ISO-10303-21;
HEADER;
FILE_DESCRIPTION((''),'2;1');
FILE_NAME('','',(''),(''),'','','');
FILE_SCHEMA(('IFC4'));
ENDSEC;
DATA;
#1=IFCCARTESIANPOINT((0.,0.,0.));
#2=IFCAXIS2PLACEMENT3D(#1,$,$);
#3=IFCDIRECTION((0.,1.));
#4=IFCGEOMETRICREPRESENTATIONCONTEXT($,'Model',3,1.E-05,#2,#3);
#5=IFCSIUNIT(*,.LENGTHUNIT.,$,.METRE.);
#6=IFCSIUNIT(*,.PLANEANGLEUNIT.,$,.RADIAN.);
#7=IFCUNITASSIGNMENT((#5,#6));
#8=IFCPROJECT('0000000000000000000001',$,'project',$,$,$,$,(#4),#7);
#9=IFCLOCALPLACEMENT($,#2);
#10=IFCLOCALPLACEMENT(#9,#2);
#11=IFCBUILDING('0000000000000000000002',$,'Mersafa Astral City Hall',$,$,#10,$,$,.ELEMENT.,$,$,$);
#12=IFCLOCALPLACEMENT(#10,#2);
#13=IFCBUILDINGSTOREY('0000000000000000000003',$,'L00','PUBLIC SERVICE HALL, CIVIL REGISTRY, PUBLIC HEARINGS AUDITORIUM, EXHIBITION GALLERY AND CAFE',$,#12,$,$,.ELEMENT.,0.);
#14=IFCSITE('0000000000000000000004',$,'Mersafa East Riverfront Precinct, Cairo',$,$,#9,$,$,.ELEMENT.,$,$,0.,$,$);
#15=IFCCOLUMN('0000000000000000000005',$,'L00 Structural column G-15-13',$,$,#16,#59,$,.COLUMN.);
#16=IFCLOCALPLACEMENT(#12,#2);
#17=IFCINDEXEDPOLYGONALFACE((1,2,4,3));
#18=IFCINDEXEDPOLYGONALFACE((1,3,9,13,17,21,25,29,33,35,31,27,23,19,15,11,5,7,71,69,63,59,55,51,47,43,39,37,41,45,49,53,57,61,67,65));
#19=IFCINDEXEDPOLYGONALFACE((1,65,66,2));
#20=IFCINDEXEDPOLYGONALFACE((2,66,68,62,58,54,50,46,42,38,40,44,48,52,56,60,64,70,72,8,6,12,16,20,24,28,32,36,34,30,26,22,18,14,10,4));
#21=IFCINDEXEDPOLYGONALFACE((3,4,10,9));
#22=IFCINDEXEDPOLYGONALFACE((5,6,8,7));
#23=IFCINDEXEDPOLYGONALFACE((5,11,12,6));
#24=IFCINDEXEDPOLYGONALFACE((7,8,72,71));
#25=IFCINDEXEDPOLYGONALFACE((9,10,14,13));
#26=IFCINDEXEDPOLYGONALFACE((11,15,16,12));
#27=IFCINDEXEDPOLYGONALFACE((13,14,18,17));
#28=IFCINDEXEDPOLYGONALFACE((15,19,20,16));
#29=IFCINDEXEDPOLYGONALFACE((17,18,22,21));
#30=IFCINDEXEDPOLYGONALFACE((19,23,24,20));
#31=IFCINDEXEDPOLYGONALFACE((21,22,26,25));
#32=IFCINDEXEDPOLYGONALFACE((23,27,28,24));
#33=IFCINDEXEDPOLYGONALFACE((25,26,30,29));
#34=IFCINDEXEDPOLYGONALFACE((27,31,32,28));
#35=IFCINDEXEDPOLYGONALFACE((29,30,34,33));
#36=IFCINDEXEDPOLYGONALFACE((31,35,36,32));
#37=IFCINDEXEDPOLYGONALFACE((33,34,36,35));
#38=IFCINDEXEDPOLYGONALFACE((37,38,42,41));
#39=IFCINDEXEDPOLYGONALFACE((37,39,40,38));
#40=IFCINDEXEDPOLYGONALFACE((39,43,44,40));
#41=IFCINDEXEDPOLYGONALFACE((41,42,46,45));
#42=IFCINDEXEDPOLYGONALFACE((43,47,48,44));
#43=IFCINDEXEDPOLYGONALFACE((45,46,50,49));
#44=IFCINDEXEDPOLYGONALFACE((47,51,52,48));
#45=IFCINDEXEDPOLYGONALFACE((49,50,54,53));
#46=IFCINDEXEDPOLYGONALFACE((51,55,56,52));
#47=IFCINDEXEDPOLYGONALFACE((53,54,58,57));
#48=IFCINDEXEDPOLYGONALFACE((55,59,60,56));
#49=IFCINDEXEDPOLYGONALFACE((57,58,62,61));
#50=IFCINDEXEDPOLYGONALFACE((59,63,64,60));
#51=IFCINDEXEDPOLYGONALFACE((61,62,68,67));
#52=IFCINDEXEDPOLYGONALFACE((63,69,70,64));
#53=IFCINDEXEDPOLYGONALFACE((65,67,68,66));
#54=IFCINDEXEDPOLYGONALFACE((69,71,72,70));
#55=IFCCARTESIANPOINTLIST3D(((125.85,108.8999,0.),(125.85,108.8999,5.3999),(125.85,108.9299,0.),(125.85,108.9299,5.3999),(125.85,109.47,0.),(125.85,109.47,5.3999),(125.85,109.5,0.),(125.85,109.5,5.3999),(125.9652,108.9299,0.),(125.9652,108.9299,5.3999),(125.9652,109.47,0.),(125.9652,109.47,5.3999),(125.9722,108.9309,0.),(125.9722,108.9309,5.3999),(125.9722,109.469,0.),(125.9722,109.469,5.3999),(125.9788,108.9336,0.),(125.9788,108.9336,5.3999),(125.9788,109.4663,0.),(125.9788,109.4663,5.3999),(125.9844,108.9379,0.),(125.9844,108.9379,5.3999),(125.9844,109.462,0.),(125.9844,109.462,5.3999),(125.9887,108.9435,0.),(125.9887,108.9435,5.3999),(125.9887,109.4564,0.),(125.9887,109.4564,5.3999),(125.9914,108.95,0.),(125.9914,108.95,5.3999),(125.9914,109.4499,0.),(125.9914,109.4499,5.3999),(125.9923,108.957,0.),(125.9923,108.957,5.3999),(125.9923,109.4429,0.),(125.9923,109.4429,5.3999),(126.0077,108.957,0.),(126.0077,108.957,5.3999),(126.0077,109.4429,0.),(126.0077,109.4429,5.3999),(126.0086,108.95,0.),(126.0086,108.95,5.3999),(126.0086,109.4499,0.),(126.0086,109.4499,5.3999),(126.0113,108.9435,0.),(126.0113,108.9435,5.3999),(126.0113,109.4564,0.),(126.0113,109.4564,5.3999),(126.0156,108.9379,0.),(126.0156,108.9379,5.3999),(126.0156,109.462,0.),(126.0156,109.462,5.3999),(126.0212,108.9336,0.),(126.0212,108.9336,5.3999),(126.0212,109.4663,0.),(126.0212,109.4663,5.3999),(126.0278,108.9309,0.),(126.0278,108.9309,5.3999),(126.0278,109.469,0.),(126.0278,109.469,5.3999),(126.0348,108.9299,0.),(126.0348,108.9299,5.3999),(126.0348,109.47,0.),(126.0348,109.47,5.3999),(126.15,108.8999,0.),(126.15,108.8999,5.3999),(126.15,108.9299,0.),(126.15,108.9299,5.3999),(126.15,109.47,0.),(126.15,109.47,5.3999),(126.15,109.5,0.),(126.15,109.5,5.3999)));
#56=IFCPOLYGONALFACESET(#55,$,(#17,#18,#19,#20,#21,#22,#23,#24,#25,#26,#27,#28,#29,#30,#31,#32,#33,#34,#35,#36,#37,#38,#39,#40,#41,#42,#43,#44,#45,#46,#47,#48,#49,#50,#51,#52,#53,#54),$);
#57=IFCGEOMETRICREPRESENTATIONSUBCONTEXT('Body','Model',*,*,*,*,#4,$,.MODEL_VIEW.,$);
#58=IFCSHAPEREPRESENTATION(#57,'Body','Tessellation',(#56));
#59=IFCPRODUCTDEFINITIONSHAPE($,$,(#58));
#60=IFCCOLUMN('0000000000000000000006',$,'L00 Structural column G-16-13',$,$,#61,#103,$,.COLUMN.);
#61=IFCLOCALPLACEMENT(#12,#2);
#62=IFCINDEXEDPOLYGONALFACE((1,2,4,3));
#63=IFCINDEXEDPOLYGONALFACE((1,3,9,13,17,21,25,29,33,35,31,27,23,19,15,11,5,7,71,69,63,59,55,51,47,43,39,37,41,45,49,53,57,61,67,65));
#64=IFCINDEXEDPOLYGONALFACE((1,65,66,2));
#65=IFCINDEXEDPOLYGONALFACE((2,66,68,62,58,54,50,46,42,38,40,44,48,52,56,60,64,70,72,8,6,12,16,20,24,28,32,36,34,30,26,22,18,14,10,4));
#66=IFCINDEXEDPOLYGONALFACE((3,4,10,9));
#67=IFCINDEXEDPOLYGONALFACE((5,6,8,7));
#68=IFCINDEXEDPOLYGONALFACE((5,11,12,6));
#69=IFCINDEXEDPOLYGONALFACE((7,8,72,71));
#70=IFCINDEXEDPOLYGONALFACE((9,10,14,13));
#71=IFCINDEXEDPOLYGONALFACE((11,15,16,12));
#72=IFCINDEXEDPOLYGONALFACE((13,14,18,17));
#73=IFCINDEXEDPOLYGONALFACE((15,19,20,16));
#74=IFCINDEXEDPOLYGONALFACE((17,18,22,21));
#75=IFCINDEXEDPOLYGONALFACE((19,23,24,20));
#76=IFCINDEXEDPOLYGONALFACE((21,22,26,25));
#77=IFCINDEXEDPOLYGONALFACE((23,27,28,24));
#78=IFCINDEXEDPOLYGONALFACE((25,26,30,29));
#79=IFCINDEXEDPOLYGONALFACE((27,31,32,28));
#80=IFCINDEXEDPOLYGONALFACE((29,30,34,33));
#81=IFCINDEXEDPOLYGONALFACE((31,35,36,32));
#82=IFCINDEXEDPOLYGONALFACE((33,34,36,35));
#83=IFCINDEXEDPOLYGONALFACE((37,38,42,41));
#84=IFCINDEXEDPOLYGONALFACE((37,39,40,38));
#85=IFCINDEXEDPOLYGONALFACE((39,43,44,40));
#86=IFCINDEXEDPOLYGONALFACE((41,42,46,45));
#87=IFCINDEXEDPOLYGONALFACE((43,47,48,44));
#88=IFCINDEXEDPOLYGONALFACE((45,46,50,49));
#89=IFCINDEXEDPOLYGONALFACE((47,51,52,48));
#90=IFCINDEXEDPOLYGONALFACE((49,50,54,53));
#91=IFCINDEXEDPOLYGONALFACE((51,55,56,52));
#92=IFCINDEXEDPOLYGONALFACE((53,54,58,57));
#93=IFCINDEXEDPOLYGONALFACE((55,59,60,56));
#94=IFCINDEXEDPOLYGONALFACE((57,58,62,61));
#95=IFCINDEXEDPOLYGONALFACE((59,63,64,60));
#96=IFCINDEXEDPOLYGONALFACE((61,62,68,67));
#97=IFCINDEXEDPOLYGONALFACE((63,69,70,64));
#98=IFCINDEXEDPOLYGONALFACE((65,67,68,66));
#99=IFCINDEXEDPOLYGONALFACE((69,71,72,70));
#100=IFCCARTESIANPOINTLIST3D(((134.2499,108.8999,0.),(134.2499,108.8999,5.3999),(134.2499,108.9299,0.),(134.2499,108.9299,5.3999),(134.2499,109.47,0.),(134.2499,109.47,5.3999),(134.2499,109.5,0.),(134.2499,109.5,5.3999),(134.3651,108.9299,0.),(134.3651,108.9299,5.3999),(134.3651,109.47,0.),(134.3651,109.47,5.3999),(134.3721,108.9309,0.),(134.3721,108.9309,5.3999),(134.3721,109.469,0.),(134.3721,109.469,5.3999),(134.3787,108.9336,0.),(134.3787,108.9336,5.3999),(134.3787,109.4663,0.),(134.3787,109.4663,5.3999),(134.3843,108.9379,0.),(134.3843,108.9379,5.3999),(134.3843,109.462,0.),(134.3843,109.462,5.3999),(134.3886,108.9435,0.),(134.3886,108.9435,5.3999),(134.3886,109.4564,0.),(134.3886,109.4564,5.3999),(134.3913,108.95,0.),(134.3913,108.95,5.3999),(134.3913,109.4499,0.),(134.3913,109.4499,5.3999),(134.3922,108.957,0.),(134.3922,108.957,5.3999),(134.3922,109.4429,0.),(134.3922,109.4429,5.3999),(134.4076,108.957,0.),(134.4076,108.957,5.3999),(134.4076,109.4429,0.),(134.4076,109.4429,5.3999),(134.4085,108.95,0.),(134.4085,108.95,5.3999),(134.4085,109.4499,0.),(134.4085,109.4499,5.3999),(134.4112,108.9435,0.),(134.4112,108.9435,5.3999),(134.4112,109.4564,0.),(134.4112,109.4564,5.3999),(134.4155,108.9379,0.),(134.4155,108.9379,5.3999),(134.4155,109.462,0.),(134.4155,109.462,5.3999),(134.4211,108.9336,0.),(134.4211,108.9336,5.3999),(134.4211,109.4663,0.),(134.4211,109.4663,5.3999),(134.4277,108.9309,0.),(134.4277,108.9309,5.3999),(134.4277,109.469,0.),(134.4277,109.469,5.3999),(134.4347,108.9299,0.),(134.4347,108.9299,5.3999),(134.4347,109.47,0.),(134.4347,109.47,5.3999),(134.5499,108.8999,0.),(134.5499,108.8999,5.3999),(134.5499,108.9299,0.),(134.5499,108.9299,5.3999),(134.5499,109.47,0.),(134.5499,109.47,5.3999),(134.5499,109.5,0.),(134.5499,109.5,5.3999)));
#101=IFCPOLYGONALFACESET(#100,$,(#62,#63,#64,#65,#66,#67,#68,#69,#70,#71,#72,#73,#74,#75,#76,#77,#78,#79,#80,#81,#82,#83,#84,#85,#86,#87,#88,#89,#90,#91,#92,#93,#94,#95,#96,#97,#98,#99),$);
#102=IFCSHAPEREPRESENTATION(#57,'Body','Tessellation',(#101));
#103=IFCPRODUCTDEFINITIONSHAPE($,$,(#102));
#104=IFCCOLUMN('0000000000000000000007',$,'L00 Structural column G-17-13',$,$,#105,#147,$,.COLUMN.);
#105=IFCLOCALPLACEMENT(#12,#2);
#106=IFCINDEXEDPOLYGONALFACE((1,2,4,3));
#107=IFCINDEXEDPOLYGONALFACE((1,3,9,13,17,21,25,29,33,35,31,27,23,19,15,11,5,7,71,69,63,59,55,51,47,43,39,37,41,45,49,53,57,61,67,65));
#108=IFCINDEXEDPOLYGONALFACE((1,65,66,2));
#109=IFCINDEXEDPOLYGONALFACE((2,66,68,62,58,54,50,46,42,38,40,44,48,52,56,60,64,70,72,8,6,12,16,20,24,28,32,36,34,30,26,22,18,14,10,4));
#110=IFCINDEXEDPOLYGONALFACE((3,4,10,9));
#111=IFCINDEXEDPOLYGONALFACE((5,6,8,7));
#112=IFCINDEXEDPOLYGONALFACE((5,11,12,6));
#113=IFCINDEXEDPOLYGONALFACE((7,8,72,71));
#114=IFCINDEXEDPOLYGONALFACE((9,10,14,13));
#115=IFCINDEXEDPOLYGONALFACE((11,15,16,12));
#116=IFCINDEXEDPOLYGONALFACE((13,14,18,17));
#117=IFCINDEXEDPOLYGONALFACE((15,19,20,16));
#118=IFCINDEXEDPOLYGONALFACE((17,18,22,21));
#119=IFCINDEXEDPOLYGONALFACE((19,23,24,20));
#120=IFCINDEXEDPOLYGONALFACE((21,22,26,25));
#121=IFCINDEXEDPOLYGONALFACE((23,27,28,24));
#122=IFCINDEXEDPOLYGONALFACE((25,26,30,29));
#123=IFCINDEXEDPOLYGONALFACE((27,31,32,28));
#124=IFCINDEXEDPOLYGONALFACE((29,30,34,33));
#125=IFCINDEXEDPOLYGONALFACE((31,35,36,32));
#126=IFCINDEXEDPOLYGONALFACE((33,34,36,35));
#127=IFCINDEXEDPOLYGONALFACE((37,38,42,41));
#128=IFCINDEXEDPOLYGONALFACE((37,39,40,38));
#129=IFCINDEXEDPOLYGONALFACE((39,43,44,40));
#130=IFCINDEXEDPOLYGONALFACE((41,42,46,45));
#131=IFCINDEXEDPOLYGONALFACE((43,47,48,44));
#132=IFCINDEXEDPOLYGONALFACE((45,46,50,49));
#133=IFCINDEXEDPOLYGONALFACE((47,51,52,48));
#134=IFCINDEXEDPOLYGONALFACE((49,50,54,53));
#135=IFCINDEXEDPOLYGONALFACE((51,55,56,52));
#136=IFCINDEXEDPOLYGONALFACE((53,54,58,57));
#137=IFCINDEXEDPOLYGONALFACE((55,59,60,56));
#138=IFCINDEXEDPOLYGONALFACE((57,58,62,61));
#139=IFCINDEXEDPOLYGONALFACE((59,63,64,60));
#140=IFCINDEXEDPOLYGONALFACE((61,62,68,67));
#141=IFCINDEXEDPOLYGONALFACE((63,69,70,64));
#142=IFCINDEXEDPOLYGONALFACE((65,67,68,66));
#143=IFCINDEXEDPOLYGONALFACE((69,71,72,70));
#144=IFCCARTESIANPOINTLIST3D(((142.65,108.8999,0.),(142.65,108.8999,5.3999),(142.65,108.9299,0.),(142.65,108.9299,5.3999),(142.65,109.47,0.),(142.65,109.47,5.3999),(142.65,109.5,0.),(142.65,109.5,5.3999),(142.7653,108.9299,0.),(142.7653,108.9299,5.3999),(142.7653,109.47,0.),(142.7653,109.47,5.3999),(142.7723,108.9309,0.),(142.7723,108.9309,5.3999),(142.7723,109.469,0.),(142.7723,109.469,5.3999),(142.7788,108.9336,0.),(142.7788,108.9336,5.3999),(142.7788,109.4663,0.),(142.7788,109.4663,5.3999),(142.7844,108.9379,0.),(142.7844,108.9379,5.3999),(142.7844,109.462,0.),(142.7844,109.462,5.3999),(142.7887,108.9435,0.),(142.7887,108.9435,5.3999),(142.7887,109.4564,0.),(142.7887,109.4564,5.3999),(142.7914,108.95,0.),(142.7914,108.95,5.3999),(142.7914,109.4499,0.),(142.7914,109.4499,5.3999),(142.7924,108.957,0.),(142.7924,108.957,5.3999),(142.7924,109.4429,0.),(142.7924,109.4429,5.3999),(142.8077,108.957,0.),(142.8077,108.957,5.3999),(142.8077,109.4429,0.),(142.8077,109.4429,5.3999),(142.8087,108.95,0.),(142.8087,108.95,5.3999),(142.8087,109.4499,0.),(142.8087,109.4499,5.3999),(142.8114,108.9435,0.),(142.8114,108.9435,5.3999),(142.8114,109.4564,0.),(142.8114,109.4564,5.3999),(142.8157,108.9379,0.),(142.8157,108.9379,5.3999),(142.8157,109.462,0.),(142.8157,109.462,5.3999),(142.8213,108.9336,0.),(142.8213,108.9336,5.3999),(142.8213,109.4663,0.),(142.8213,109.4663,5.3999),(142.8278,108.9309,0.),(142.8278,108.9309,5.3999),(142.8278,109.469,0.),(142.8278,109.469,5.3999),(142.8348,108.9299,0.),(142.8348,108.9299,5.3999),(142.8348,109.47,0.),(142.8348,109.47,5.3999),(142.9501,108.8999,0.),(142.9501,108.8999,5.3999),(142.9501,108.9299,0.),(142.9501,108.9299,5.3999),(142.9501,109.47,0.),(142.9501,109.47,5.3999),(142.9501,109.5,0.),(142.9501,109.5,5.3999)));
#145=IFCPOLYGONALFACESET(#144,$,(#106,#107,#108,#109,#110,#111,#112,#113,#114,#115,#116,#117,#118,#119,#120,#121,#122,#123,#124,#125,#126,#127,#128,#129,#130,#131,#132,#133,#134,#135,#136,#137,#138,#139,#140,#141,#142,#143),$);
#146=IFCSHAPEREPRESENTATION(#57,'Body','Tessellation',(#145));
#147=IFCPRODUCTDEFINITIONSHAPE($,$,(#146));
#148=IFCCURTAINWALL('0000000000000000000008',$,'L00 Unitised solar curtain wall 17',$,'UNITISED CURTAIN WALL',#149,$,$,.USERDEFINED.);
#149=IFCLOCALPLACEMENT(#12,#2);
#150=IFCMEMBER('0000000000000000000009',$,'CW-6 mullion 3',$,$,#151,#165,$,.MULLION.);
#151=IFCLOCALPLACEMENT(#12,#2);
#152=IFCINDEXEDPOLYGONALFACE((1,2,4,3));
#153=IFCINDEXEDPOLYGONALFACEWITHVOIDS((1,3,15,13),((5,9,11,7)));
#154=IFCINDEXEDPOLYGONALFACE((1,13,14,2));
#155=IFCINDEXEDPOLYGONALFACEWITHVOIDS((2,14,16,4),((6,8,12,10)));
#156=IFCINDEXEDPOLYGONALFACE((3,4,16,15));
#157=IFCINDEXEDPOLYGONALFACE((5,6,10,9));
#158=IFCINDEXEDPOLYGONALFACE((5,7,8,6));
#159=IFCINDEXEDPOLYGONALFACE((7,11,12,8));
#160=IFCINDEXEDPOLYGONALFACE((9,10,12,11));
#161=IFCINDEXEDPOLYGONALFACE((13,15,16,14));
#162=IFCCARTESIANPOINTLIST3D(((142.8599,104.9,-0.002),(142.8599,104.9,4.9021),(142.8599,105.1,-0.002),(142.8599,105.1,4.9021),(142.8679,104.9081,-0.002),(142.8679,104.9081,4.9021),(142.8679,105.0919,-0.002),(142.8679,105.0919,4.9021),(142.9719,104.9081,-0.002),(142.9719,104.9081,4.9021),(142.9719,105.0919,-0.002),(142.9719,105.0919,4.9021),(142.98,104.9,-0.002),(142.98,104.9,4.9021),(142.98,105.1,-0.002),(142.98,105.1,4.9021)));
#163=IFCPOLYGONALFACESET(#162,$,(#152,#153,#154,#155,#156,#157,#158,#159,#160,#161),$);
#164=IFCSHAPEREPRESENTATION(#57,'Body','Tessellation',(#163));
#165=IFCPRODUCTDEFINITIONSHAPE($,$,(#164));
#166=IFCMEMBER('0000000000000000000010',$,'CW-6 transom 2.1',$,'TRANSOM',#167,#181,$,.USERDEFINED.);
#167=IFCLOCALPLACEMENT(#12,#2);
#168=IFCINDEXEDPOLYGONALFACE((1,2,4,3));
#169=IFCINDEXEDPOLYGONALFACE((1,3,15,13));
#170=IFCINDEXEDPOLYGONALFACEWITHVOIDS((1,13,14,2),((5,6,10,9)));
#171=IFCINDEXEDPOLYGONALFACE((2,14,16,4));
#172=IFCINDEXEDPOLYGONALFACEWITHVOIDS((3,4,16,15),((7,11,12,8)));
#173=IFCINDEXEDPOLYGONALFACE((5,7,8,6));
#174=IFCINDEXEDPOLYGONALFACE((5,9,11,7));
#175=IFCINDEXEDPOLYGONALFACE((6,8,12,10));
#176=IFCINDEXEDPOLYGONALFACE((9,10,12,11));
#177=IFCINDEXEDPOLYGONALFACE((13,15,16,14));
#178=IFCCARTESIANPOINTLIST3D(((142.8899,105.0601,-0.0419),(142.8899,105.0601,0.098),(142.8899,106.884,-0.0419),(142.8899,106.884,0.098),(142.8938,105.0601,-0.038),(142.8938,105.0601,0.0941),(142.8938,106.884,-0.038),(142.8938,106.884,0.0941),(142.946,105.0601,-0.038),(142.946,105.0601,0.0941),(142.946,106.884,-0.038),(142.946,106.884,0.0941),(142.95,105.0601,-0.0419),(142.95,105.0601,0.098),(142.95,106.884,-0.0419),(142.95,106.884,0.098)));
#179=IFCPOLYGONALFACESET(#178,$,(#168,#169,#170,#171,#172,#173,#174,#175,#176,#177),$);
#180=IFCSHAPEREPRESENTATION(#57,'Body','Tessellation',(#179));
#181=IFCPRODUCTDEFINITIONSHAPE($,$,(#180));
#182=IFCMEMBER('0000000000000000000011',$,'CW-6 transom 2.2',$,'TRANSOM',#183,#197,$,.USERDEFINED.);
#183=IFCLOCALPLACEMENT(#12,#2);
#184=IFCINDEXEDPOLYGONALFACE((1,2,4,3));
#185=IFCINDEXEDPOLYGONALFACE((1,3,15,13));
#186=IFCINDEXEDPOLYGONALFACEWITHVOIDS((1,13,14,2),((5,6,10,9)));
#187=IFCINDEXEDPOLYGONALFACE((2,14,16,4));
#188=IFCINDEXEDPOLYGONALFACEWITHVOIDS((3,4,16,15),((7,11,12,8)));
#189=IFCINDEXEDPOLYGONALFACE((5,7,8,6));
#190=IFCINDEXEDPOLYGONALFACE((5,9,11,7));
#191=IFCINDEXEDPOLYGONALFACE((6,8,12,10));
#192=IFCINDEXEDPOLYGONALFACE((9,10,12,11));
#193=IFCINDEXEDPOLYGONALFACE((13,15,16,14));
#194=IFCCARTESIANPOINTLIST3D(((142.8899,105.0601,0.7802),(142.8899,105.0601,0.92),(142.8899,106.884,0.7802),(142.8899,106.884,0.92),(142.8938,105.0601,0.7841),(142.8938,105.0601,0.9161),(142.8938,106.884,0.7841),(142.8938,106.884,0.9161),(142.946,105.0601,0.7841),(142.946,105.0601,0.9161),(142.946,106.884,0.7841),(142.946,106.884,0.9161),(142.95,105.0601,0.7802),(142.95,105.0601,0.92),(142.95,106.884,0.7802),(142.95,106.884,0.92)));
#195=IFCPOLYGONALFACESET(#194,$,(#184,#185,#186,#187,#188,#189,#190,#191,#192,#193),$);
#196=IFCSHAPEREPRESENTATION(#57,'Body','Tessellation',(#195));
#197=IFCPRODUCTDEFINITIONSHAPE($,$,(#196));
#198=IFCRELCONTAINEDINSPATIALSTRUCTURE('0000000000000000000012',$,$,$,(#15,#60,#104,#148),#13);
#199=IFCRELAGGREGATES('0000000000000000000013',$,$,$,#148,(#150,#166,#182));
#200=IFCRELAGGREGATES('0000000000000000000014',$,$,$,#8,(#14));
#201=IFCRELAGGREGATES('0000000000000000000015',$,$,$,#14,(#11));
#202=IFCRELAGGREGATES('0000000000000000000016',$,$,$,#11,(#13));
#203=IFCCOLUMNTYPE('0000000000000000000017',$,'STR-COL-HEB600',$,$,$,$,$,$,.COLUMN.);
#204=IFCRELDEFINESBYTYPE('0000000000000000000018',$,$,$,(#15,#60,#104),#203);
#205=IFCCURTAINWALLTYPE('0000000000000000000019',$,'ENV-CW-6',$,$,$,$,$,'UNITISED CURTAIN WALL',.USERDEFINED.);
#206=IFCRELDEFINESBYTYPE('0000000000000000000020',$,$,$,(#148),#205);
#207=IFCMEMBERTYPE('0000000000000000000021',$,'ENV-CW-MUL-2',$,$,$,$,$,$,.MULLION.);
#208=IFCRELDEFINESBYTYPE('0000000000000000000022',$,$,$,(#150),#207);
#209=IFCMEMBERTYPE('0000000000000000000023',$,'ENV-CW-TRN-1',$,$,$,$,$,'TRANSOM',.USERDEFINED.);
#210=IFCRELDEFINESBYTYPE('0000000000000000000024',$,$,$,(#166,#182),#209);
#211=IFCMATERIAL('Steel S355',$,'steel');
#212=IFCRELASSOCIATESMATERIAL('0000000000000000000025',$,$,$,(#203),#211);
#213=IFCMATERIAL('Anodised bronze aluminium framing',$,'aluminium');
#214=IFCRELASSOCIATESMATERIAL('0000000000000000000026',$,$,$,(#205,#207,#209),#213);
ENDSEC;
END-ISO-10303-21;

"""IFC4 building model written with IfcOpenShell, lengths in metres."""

from ifc_helpers import new_model, si_unit, direction, frame, origin, origin_2d, place, context, subcontext, project, spatial, hollow_rectangle, i_section, extrude, material, material_profile, profile_set, type_object, element, aggregate, save


model = new_model("IFC4")

# Units and contexts
model_context = context("Model", 3, precision=1e-05, world=origin(), true_north=direction((0.0, 1.0)))
body_context = subcontext(model_context, "Body", "Model", "MODEL_VIEW")
ifc_project = project(units=[si_unit("LENGTHUNIT", "METRE"), si_unit("PLANEANGLEUNIT", "RADIAN")], contexts=[model_context])

# Site, building, storey
site_placement = place(None, origin())
site = spatial("IfcSite", under=ifc_project, at=site_placement, Name="Mersafa East Riverfront Precinct, Cairo", CompositionType="ELEMENT", RefElevation=0.0)
building_placement = place(site_placement, origin())
building = spatial("IfcBuilding", under=site, at=building_placement, Name="Mersafa Astral City Hall", CompositionType="ELEMENT")
storey_placement = place(building_placement, origin())
storey = spatial("IfcBuildingStorey", under=building, at=storey_placement, Name="L00", Description="PUBLIC SERVICE HALL, CIVIL REGISTRY, PUBLIC HEARINGS AUDITORIUM, EXHIBITION GALLERY AND CAFE", CompositionType="ELEMENT", Elevation=0.0)

# Columns
ifc_material_1 = material(Name="Steel S355", Category="steel")
ifc_material_profile_1 = material_profile(ifc_material_1, i_section(OverallWidth=0.3, OverallDepth=0.6001, WebThickness=0.0154, FlangeThickness=0.03, FilletRadius=0.0271, at=origin_2d()), Name="HEB 600")
ifc_profile_set_1 = profile_set([ifc_material_profile_1], Name="Steel S355")
column_type = type_object("IfcColumnType", Name="STR-COL-HEB600", PredefinedType="COLUMN", material=ifc_profile_set_1)
for number, where, z_axis, x_axis, name in (
    (1, (126.0, 109.2, 0.0), (0.0, 0.0, 1.0), (1.0, 0.0, 0.0), "L00 Structural column G-15-13"),
    (2, (134.3999, 109.2, 0.0), (0.0, 0.0, 1.0), (1.0, 0.0, 0.0), "L00 Structural column G-16-13"),
    (3, (142.8, 109.2, 0.0), (0.0, 0.0, 1.0), (1.0, 0.0, 0.0), "L00 Structural column G-17-13"),
):
    element("IfcColumn", number, at=place(storey_placement, frame(where, z_axis=z_axis, x_axis=x_axis)), inside=storey, type_object=column_type, Name=name, PredefinedType="COLUMN", context=body_context, shape_type="SweptSolid", body=[
        extrude(i_section(OverallWidth=0.3, OverallDepth=0.6001, WebThickness=0.0154, FlangeThickness=0.03, FilletRadius=0.0271, at=origin_2d()), origin(), (0.0, 0.0, 1.0), 5.3999),
    ])

# Curtain wall, members
ifc_material_2 = material(Name="Anodised bronze aluminium framing", Category="aluminium")
curtain_wall_type = type_object("IfcCurtainWallType", Name="ENV-CW-6", ElementType="UNITISED CURTAIN WALL", PredefinedType="USERDEFINED", material=ifc_material_2)
curtain_wall_placement = place(storey_placement, origin())
curtain_wall = element("IfcCurtainWall", 4, at=curtain_wall_placement, inside=storey, type_object=curtain_wall_type, Name="L00 Unitised solar curtain wall 17", ObjectType="UNITISED CURTAIN WALL", PredefinedType="USERDEFINED")
ifc_material_profile_2 = material_profile(ifc_material_2, hollow_rectangle(XDim=0.1201, YDim=0.2, WallThickness=0.0081, at=origin_2d()), Name="RHS 120x200x8")
ifc_profile_set_2 = profile_set([ifc_material_profile_2], Name="Anodised bronze aluminium framing")
member_type_1 = type_object("IfcMemberType", Name="ENV-CW-MUL-2", PredefinedType="MULLION", material=ifc_profile_set_2)
member_1_placement = place(storey_placement, frame((142.9199, 105.0, -0.002), z_axis=(0.0, 0.0, 1.0), x_axis=(1.0, 0.0, 0.0)))
member_1 = element("IfcMember", 5, at=member_1_placement, type_object=member_type_1, Name="CW-6 mullion 3", PredefinedType="MULLION", context=body_context, shape_type="SweptSolid", body=[
    extrude(hollow_rectangle(XDim=0.1201, YDim=0.2, WallThickness=0.0081, at=origin_2d()), origin(), (0.0, 0.0, 1.0), 4.9041),
])
ifc_material_profile_3 = material_profile(ifc_material_2, hollow_rectangle(XDim=0.0601, YDim=0.1399, WallThickness=0.0039, at=origin_2d()), Name="RHS 60x140x4")
ifc_profile_set_3 = profile_set([ifc_material_profile_3], Name="Anodised bronze aluminium framing")
member_type_2 = type_object("IfcMemberType", Name="ENV-CW-TRN-1", ElementType="TRANSOM", PredefinedType="USERDEFINED", material=ifc_profile_set_3)
member_2_placement = place(storey_placement, frame((142.9199, 106.884, 0.0281), z_axis=(0.0, -1.0, 0.0), x_axis=(1.0, 0.0, 0.0)))
member_2 = element("IfcMember", 6, at=member_2_placement, type_object=member_type_2, Name="CW-6 transom 2.1", ObjectType="TRANSOM", PredefinedType="USERDEFINED", context=body_context, shape_type="SweptSolid", body=[
    extrude(hollow_rectangle(XDim=0.0601, YDim=0.1399, WallThickness=0.0039, at=origin_2d()), origin(), (0.0, 0.0, 1.0), 1.824),
])
member_3_placement = place(storey_placement, frame((142.9199, 106.884, 0.8501), z_axis=(0.0, -1.0, 0.0), x_axis=(1.0, 0.0, 0.0)))
member_3 = element("IfcMember", 7, at=member_3_placement, type_object=member_type_2, Name="CW-6 transom 2.2", ObjectType="TRANSOM", PredefinedType="USERDEFINED", context=body_context, shape_type="SweptSolid", body=[
    extrude(hollow_rectangle(XDim=0.0601, YDim=0.1399, WallThickness=0.0039, at=origin_2d()), origin(), (0.0, 0.0, 1.0), 1.824),
])

aggregate(curtain_wall, [member_1, member_2, member_3])

save(model, "model.ifc")
